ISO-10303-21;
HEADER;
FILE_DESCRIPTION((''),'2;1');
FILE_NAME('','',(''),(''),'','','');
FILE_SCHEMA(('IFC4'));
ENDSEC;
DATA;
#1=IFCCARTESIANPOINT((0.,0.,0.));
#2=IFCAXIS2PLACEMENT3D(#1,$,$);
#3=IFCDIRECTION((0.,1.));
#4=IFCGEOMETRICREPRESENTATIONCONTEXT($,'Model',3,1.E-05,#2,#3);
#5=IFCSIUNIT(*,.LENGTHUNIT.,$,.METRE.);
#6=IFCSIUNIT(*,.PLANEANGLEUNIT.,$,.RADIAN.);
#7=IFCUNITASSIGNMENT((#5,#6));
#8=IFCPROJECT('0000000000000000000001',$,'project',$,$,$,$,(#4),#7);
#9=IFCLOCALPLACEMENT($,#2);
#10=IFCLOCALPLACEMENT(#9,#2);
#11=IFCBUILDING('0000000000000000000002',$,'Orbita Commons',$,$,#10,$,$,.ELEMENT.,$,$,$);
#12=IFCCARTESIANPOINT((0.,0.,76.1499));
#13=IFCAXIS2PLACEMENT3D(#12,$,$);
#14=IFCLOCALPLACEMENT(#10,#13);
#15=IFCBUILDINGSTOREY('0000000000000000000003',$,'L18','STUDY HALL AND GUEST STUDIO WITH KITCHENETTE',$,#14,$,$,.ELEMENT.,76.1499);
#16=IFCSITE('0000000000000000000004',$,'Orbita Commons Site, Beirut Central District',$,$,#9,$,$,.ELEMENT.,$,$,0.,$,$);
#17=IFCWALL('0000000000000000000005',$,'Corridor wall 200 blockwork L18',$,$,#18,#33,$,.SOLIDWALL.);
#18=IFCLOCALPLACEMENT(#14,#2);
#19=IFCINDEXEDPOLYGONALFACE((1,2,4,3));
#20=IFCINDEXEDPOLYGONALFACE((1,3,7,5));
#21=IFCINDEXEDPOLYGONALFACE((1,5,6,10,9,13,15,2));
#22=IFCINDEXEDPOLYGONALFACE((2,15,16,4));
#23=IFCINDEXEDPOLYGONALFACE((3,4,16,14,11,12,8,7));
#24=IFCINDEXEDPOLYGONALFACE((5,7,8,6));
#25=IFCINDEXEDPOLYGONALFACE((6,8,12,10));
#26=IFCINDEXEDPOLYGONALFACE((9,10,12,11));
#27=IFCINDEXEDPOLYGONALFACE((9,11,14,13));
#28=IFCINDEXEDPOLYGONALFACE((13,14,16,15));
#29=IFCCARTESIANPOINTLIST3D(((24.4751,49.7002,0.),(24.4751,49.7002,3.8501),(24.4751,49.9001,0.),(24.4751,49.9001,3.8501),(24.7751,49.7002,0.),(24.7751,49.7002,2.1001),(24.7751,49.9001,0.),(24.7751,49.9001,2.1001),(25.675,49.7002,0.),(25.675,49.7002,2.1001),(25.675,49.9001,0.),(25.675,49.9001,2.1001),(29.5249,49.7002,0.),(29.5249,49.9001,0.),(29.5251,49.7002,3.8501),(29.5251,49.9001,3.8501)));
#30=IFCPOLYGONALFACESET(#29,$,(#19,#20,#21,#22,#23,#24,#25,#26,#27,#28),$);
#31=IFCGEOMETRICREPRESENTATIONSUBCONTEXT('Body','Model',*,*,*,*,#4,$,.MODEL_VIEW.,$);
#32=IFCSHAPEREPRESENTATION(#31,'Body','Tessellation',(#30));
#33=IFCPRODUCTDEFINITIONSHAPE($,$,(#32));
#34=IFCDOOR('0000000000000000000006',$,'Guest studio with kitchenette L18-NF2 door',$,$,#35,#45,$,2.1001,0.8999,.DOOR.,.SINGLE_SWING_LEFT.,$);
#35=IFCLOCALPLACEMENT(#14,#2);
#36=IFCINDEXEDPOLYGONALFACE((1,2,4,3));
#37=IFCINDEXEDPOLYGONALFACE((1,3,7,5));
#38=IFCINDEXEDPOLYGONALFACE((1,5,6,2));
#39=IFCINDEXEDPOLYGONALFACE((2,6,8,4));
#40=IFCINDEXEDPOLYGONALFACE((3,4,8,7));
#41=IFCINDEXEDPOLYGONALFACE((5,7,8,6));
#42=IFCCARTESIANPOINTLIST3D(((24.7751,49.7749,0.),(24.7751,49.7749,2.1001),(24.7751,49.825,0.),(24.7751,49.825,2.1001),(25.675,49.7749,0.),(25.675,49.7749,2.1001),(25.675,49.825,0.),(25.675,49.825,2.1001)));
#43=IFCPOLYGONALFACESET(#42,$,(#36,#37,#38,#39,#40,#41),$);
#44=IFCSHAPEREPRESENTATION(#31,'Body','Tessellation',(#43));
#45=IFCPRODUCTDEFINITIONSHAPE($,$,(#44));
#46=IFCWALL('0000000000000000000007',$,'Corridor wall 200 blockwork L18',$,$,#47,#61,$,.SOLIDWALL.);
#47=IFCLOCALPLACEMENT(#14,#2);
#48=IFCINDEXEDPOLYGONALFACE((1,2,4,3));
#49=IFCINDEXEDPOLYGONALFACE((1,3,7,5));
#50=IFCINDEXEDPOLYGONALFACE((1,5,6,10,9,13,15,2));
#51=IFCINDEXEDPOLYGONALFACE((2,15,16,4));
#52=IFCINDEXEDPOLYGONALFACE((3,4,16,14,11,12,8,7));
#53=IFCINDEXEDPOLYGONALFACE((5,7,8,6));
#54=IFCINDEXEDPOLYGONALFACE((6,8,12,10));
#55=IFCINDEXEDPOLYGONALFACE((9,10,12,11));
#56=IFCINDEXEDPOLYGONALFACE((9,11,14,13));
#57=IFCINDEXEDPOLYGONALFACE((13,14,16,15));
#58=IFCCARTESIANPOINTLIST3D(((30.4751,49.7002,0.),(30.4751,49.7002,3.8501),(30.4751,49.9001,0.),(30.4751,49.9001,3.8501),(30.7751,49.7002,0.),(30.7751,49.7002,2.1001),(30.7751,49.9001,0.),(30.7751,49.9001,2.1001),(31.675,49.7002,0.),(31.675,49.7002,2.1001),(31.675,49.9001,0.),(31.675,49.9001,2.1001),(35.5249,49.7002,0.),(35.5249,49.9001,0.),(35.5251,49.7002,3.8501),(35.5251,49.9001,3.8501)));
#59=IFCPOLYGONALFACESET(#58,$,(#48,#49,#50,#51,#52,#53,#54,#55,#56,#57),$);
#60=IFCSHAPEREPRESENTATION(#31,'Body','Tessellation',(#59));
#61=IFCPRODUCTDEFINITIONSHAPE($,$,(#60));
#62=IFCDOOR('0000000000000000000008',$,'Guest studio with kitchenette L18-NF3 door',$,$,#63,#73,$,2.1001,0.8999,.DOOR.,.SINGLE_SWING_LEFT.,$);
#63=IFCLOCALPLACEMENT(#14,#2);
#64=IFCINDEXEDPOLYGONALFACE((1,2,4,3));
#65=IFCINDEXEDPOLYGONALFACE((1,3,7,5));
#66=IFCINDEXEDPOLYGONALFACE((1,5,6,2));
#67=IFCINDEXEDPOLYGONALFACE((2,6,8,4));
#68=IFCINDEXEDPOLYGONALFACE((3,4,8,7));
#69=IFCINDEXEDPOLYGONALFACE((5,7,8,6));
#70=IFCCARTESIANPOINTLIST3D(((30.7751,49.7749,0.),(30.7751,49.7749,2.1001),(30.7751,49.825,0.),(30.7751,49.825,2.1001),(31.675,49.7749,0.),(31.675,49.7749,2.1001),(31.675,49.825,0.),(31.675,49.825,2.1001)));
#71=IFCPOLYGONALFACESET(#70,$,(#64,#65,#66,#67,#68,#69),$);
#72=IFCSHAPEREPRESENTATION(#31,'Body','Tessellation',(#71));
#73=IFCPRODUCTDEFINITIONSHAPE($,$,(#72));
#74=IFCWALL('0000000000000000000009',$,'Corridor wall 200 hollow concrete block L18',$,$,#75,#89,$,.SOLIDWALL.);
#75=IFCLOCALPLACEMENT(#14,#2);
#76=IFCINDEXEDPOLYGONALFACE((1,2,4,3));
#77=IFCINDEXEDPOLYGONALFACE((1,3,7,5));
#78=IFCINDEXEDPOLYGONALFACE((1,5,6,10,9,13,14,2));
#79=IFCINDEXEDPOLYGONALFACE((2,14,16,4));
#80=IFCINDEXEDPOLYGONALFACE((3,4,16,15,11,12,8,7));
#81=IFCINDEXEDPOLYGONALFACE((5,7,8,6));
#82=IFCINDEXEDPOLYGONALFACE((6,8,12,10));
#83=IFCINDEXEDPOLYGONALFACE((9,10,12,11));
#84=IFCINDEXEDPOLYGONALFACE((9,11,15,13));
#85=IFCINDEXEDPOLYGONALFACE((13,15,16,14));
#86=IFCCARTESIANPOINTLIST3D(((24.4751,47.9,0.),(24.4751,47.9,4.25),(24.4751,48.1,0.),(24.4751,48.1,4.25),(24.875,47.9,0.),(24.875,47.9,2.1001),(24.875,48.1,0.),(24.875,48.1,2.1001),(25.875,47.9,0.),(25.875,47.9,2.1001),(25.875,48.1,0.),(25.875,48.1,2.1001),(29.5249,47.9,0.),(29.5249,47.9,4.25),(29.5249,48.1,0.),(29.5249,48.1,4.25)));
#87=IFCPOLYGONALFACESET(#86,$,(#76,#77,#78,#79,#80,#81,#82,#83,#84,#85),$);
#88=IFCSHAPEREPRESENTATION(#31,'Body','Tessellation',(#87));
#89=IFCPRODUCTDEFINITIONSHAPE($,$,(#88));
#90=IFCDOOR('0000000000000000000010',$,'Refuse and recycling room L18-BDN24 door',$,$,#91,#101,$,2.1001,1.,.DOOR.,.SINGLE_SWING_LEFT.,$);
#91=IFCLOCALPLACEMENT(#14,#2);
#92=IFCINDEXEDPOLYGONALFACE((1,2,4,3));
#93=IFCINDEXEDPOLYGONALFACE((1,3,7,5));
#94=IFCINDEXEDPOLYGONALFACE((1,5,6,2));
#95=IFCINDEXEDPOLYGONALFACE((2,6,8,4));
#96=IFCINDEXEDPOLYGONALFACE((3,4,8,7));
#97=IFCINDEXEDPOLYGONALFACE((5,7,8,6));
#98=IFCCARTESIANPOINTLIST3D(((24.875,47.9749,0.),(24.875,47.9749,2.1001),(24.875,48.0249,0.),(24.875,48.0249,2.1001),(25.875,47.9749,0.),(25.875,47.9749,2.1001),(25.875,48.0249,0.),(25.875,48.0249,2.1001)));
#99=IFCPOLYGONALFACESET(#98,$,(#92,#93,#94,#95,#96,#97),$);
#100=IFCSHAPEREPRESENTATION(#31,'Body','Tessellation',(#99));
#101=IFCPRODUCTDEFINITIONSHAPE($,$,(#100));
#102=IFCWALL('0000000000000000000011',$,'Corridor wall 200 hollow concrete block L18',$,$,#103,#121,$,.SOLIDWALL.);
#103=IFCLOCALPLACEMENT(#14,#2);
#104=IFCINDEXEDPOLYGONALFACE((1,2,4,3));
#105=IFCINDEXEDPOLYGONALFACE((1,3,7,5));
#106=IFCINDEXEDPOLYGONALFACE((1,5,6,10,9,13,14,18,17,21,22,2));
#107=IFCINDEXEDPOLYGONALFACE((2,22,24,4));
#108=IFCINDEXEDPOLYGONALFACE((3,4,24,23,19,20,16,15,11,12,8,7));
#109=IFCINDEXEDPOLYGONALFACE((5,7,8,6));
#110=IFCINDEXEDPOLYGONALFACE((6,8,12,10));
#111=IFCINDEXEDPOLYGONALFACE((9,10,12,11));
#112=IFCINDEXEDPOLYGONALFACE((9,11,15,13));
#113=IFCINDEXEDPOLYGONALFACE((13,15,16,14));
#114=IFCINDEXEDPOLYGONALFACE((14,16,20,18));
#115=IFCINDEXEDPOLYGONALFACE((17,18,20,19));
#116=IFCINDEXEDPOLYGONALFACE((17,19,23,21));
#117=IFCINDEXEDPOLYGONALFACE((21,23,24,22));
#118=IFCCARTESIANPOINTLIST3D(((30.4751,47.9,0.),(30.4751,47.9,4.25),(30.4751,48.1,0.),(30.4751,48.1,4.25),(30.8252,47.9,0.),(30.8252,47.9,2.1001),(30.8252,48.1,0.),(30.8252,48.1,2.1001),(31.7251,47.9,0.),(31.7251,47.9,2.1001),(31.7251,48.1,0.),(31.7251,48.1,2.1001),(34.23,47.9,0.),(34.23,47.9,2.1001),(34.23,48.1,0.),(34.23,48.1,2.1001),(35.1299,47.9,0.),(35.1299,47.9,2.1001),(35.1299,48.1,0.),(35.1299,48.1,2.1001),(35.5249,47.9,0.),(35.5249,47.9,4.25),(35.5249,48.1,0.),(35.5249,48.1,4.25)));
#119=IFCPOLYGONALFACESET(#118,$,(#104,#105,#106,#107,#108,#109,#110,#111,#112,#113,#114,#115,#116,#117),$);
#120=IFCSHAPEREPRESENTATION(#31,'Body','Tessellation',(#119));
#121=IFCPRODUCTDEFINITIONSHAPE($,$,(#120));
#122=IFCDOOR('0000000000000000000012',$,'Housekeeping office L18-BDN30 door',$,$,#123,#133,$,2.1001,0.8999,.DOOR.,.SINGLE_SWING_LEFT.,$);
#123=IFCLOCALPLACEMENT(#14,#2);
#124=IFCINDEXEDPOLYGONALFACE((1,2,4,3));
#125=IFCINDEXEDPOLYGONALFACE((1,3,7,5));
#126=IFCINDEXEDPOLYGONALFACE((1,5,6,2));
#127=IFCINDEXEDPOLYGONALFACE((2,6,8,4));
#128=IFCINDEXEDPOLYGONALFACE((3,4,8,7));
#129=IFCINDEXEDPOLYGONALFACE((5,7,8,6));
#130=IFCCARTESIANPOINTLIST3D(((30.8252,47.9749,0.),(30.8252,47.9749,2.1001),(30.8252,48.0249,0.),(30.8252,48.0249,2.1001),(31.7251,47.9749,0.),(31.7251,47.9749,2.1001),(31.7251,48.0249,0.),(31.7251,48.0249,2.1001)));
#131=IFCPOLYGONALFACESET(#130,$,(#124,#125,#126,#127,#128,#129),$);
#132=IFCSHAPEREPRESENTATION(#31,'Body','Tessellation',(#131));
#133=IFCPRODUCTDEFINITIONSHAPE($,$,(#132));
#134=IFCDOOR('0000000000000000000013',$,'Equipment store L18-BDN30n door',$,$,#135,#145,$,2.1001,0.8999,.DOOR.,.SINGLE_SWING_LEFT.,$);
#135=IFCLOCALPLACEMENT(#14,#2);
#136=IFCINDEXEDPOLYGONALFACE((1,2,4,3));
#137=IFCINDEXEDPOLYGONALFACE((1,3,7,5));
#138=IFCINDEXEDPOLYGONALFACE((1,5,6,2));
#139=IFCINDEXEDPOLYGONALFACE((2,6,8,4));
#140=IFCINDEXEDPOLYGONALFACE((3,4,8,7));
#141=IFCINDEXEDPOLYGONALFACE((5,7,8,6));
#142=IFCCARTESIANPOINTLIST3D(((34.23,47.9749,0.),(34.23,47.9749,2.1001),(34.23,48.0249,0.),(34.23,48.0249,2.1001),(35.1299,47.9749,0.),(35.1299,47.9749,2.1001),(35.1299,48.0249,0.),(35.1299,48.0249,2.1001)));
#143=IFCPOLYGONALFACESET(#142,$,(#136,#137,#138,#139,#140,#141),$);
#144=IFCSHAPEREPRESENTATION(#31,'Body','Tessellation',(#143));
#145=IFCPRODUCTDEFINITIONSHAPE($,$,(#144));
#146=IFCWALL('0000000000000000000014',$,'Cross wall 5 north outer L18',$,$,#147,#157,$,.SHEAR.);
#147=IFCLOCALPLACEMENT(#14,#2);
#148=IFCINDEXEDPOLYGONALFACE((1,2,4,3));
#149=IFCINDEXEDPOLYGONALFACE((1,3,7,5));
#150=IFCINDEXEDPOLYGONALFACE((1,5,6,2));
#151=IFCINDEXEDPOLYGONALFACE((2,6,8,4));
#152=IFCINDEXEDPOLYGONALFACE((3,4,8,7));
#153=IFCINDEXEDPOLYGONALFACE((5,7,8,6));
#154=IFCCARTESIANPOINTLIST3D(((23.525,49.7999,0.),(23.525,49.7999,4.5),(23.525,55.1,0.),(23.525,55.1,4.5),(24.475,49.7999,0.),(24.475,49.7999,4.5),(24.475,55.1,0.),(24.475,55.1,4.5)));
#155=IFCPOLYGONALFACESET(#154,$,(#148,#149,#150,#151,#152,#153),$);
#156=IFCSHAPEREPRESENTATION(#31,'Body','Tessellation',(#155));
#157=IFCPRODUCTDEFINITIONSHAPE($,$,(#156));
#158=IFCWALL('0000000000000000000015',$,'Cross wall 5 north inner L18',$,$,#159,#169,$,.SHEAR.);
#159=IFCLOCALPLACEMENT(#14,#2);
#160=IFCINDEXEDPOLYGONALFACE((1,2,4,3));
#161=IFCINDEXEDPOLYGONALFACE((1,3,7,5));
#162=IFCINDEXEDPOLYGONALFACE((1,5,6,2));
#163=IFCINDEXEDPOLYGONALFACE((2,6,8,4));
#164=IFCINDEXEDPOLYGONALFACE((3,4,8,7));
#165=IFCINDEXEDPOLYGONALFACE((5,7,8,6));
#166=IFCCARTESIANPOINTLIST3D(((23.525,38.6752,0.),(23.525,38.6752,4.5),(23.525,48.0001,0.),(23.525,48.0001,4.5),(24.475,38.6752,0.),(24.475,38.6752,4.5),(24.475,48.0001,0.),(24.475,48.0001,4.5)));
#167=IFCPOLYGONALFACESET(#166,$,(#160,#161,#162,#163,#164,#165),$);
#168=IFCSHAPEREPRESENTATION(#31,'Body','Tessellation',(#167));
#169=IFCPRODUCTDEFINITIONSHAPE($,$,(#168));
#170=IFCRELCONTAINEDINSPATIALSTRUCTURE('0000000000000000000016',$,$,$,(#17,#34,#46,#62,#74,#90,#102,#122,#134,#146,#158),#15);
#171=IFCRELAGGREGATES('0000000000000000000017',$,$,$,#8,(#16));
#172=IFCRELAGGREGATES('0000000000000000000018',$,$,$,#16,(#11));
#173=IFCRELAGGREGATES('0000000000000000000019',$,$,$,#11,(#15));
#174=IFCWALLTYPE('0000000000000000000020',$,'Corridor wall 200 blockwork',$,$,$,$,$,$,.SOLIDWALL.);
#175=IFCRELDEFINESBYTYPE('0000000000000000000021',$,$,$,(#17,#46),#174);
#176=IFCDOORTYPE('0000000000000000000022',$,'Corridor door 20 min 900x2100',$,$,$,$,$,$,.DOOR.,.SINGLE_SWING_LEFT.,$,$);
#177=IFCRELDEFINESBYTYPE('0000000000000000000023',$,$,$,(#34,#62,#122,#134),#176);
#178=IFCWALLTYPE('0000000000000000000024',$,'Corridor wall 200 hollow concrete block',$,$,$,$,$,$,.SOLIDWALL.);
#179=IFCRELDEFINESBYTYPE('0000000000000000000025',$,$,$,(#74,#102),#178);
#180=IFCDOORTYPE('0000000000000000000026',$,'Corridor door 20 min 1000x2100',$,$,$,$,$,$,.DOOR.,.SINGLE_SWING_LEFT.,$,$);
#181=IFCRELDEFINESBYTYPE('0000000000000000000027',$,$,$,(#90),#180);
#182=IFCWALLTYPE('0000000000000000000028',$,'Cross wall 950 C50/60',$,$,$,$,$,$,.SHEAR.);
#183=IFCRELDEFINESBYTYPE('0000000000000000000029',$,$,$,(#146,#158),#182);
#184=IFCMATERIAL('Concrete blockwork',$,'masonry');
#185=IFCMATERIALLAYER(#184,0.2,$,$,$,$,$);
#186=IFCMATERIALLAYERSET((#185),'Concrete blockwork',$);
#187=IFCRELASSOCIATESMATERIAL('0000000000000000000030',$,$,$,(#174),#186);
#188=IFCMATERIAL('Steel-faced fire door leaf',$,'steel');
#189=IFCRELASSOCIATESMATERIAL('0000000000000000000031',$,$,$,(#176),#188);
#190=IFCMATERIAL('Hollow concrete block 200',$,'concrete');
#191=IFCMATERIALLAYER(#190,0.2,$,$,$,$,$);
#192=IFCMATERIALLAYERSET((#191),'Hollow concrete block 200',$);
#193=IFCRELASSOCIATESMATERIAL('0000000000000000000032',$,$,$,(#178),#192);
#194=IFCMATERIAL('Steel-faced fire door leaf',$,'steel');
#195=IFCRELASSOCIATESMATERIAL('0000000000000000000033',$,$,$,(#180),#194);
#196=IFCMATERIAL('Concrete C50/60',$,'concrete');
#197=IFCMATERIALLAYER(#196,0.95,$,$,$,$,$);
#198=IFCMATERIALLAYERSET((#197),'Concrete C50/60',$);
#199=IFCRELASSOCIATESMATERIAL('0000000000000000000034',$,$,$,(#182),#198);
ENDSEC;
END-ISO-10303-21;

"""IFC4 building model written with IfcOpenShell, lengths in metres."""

from ifc_helpers import new_model, si_unit, direction, frame, frame_2d, origin, place, context, subcontext, project, spatial, polyline, rectangle, outline, extrude, material, layer, layer_set, type_object, element, fill, save


model = new_model("IFC4")

# Units and contexts
model_context = context("Model", 3, precision=1e-05, world=origin(), true_north=direction((0.0, 1.0)))
body_context = subcontext(model_context, "Body", "Model", "MODEL_VIEW")
ifc_project = project(units=[si_unit("LENGTHUNIT", "METRE"), si_unit("PLANEANGLEUNIT", "RADIAN")], contexts=[model_context])

# Site, building, storey
site_placement = place(None, origin())
site = spatial("IfcSite", under=ifc_project, at=site_placement, Name="Orbita Commons Site, Beirut Central District", CompositionType="ELEMENT", RefElevation=0.0)
building_placement = place(site_placement, origin())
building = spatial("IfcBuilding", under=site, at=building_placement, Name="Orbita Commons", CompositionType="ELEMENT")
storey_placement = place(building_placement, frame((0.0, 0.0, 76.1499)))
storey = spatial("IfcBuildingStorey", under=building, at=storey_placement, Name="L18", Description="STUDY HALL AND GUEST STUDIO WITH KITCHENETTE", CompositionType="ELEMENT", Elevation=76.1499)

# Walls, openings, doors
ifc_material_1 = material(Name="Concrete blockwork", Category="masonry")
ifc_layer_1 = layer(ifc_material_1, 0.2)
ifc_layer_set_1 = layer_set([ifc_layer_1], Name="Concrete blockwork")
wall_type_1 = type_object("IfcWallType", Name="Corridor wall 200 blockwork", PredefinedType="SOLIDWALL", material=ifc_layer_set_1)
wall_1_placement = place(storey_placement, frame((24.4751, 49.8, 0.0), z_axis=(0.0, 0.0, 1.0), x_axis=(1.0, 0.0, 0.0)))
wall_1 = element("IfcWall", 1, at=wall_1_placement, inside=storey, type_object=wall_type_1, Name="Corridor wall 200 blockwork L18", PredefinedType="SOLIDWALL", context=body_context, shape_type="SweptSolid", body=[
    extrude(outline(polyline([(0.0, 0.0), (5.0498, 0.0), (5.05, 3.8501), (0.0, 3.8501), (0.0, 0.0)])), frame((0.0, 0.1001, 0.0), z_axis=(0.0, -1.0, 0.0), x_axis=(1.0, 0.0, 0.0)), (0.0, 0.0, 1.0), 0.2),
])
opening_1_placement = place(wall_1_placement, frame((0.3, 0.0, 0.0)))
opening_1 = element("IfcOpeningElement", 2, at=opening_1_placement, cuts=wall_1, PredefinedType="OPENING", context=body_context, shape_type="SweptSolid", body=[
    extrude(rectangle(XDim=0.8999, YDim=2.1001, at=frame_2d((0.45, 1.05))), frame((0.0, 0.1099, 0.0), z_axis=(0.0, -1.0, 0.0), x_axis=(1.0, 0.0, 0.0)), (0.0, 0.0, 1.0), 0.22),
])
ifc_material_2 = material(Name="Steel-faced fire door leaf", Category="steel")
door_type_1 = type_object("IfcDoorType", Name="Corridor door 20 min 900x2100", OperationType="SINGLE_SWING_LEFT", PredefinedType="DOOR", material=ifc_material_2)
door_1_placement = place(opening_1_placement, origin())
door_1 = element("IfcDoor", 3, at=door_1_placement, inside=storey, type_object=door_type_1, Name="Guest studio with kitchenette L18-NF2 door", OperationType="SINGLE_SWING_LEFT", OverallHeight=2.1001, OverallWidth=0.8999, PredefinedType="DOOR", context=body_context, shape_type="SweptSolid", body=[
    extrude(rectangle(XDim=0.8999, YDim=2.1001, at=frame_2d((0.45, 1.05))), frame((0.0, 0.0249, 0.0), z_axis=(0.0, -1.0, 0.0), x_axis=(1.0, 0.0, 0.0)), (0.0, 0.0, 1.0), 0.05),
])
fill(opening_1, door_1)
wall_2_placement = place(storey_placement, frame((30.4751, 49.8, 0.0), z_axis=(0.0, 0.0, 1.0), x_axis=(1.0, 0.0, 0.0)))
wall_2 = element("IfcWall", 4, at=wall_2_placement, inside=storey, type_object=wall_type_1, Name="Corridor wall 200 blockwork L18", PredefinedType="SOLIDWALL", context=body_context, shape_type="SweptSolid", body=[
    extrude(outline(polyline([(0.0, 0.0), (5.0498, 0.0), (5.05, 3.8501), (0.0, 3.8501), (0.0, 0.0)])), frame((0.0, 0.1001, 0.0), z_axis=(0.0, -1.0, 0.0), x_axis=(1.0, 0.0, 0.0)), (0.0, 0.0, 1.0), 0.2),
])
opening_2_placement = place(wall_2_placement, frame((0.3, 0.0, 0.0)))
opening_2 = element("IfcOpeningElement", 5, at=opening_2_placement, cuts=wall_2, PredefinedType="OPENING", context=body_context, shape_type="SweptSolid", body=[
    extrude(rectangle(XDim=0.8999, YDim=2.1001, at=frame_2d((0.45, 1.05))), frame((0.0, 0.1099, 0.0), z_axis=(0.0, -1.0, 0.0), x_axis=(1.0, 0.0, 0.0)), (0.0, 0.0, 1.0), 0.22),
])
door_2_placement = place(opening_2_placement, origin())
door_2 = element("IfcDoor", 6, at=door_2_placement, inside=storey, type_object=door_type_1, Name="Guest studio with kitchenette L18-NF3 door", OperationType="SINGLE_SWING_LEFT", OverallHeight=2.1001, OverallWidth=0.8999, PredefinedType="DOOR", context=body_context, shape_type="SweptSolid", body=[
    extrude(rectangle(XDim=0.8999, YDim=2.1001, at=frame_2d((0.45, 1.05))), frame((0.0, 0.0249, 0.0), z_axis=(0.0, -1.0, 0.0), x_axis=(1.0, 0.0, 0.0)), (0.0, 0.0, 1.0), 0.05),
])
fill(opening_2, door_2)
ifc_material_3 = material(Name="Hollow concrete block 200", Category="concrete")
ifc_layer_2 = layer(ifc_material_3, 0.2)
ifc_layer_set_2 = layer_set([ifc_layer_2], Name="Hollow concrete block 200")
wall_type_2 = type_object("IfcWallType", Name="Corridor wall 200 hollow concrete block", PredefinedType="SOLIDWALL", material=ifc_layer_set_2)
wall_3_placement = place(storey_placement, frame((24.4751, 48.0, 0.0), z_axis=(0.0, 0.0, 1.0), x_axis=(1.0, 0.0, 0.0)))
wall_3 = element("IfcWall", 7, at=wall_3_placement, inside=storey, type_object=wall_type_2, Name="Corridor wall 200 hollow concrete block L18", PredefinedType="SOLIDWALL", context=body_context, shape_type="SweptSolid", body=[
    extrude(rectangle(XDim=5.0498, YDim=0.2, at=frame_2d((2.5249, 0.0))), origin(), (0.0, 0.0, 1.0), 4.25),
])
opening_3_placement = place(wall_3_placement, frame((0.3999, 0.0, 0.0)))
opening_3 = element("IfcOpeningElement", 8, at=opening_3_placement, cuts=wall_3, PredefinedType="OPENING", context=body_context, shape_type="SweptSolid", body=[
    extrude(rectangle(XDim=1.0, YDim=2.1001, at=frame_2d((0.5, 1.05))), frame((0.0, 0.1099, 0.0), z_axis=(0.0, -1.0, 0.0), x_axis=(1.0, 0.0, 0.0)), (0.0, 0.0, 1.0), 0.22),
])
ifc_material_4 = material(Name="Steel-faced fire door leaf", Category="steel")
door_type_2 = type_object("IfcDoorType", Name="Corridor door 20 min 1000x2100", OperationType="SINGLE_SWING_LEFT", PredefinedType="DOOR", material=ifc_material_4)
door_3_placement = place(opening_3_placement, origin())
door_3 = element("IfcDoor", 9, at=door_3_placement, inside=storey, type_object=door_type_2, Name="Refuse and recycling room L18-BDN24 door", OperationType="SINGLE_SWING_LEFT", OverallHeight=2.1001, OverallWidth=1.0, PredefinedType="DOOR", context=body_context, shape_type="SweptSolid", body=[
    extrude(rectangle(XDim=1.0, YDim=2.1001, at=frame_2d((0.5, 1.05))), frame((0.0, 0.0249, 0.0), z_axis=(0.0, -1.0, 0.0), x_axis=(1.0, 0.0, 0.0)), (0.0, 0.0, 1.0), 0.05),
])
fill(opening_3, door_3)

# Wall, openings, doors
wall_4_placement = place(storey_placement, frame((30.4751, 48.0, 0.0), z_axis=(0.0, 0.0, 1.0), x_axis=(1.0, 0.0, 0.0)))
wall_4 = element("IfcWall", 10, at=wall_4_placement, inside=storey, type_object=wall_type_2, Name="Corridor wall 200 hollow concrete block L18", PredefinedType="SOLIDWALL", context=body_context, shape_type="SweptSolid", body=[
    extrude(rectangle(XDim=5.0498, YDim=0.2, at=frame_2d((2.5249, 0.0))), origin(), (0.0, 0.0, 1.0), 4.25),
])
opening_4_placement = place(wall_4_placement, frame((0.3501, 0.0, 0.0)))
opening_4 = element("IfcOpeningElement", 11, at=opening_4_placement, cuts=wall_4, PredefinedType="OPENING", context=body_context, shape_type="SweptSolid", body=[
    extrude(rectangle(XDim=0.8999, YDim=2.1001, at=frame_2d((0.45, 1.05))), frame((0.0, 0.1099, 0.0), z_axis=(0.0, -1.0, 0.0), x_axis=(1.0, 0.0, 0.0)), (0.0, 0.0, 1.0), 0.22),
])
opening_5_placement = place(wall_4_placement, frame((3.7549, 0.0, 0.0)))
opening_5 = element("IfcOpeningElement", 12, at=opening_5_placement, cuts=wall_4, PredefinedType="OPENING", context=body_context, shape_type="SweptSolid", body=[
    extrude(rectangle(XDim=0.8999, YDim=2.1001, at=frame_2d((0.45, 1.05))), frame((0.0, 0.1099, 0.0), z_axis=(0.0, -1.0, 0.0), x_axis=(1.0, 0.0, 0.0)), (0.0, 0.0, 1.0), 0.22),
])
door_4_placement = place(opening_4_placement, origin())
door_4 = element("IfcDoor", 13, at=door_4_placement, inside=storey, type_object=door_type_1, Name="Housekeeping office L18-BDN30 door", OperationType="SINGLE_SWING_LEFT", OverallHeight=2.1001, OverallWidth=0.8999, PredefinedType="DOOR", context=body_context, shape_type="SweptSolid", body=[
    extrude(rectangle(XDim=0.8999, YDim=2.1001, at=frame_2d((0.45, 1.05))), frame((0.0, 0.0249, 0.0), z_axis=(0.0, -1.0, 0.0), x_axis=(1.0, 0.0, 0.0)), (0.0, 0.0, 1.0), 0.05),
])
fill(opening_4, door_4)
door_5_placement = place(opening_5_placement, origin())
door_5 = element("IfcDoor", 14, at=door_5_placement, inside=storey, type_object=door_type_1, Name="Equipment store L18-BDN30n door", OperationType="SINGLE_SWING_LEFT", OverallHeight=2.1001, OverallWidth=0.8999, PredefinedType="DOOR", context=body_context, shape_type="SweptSolid", body=[
    extrude(rectangle(XDim=0.8999, YDim=2.1001, at=frame_2d((0.45, 1.05))), frame((0.0, 0.0249, 0.0), z_axis=(0.0, -1.0, 0.0), x_axis=(1.0, 0.0, 0.0)), (0.0, 0.0, 1.0), 0.05),
])
fill(opening_5, door_5)

# Walls
ifc_material_5 = material(Name="Concrete C50/60", Category="concrete")
ifc_layer_3 = layer(ifc_material_5, 0.95)
ifc_layer_set_3 = layer_set([ifc_layer_3], Name="Concrete C50/60")
wall_type_3 = type_object("IfcWallType", Name="Cross wall 950 C50/60", PredefinedType="SHEAR", material=ifc_layer_set_3)
wall_5_placement = place(storey_placement, frame((24.0, 49.8, 0.0), z_axis=(0.0, 0.0, 1.0), x_axis=(0.0, 1.0, 0.0)))
element("IfcWall", 15, at=wall_5_placement, inside=storey, type_object=wall_type_3, Name="Cross wall 5 north outer L18", PredefinedType="SHEAR", context=body_context, shape_type="SweptSolid", body=[
    extrude(rectangle(XDim=5.3, YDim=0.95, at=frame_2d((2.6499, 0.0))), origin(), (0.0, 0.0, 1.0), 4.5),
])
wall_6_placement = place(storey_placement, frame((24.0, 38.675, 0.0), z_axis=(0.0, 0.0, 1.0), x_axis=(0.0, 1.0, 0.0)))
element("IfcWall", 16, at=wall_6_placement, inside=storey, type_object=wall_type_3, Name="Cross wall 5 north inner L18", PredefinedType="SHEAR", context=body_context, shape_type="SweptSolid", body=[
    extrude(rectangle(XDim=9.325, YDim=0.95, at=frame_2d((4.6626, 0.0))), origin(), (0.0, 0.0, 1.0), 4.5),
])

save(model, "model.ifc")
